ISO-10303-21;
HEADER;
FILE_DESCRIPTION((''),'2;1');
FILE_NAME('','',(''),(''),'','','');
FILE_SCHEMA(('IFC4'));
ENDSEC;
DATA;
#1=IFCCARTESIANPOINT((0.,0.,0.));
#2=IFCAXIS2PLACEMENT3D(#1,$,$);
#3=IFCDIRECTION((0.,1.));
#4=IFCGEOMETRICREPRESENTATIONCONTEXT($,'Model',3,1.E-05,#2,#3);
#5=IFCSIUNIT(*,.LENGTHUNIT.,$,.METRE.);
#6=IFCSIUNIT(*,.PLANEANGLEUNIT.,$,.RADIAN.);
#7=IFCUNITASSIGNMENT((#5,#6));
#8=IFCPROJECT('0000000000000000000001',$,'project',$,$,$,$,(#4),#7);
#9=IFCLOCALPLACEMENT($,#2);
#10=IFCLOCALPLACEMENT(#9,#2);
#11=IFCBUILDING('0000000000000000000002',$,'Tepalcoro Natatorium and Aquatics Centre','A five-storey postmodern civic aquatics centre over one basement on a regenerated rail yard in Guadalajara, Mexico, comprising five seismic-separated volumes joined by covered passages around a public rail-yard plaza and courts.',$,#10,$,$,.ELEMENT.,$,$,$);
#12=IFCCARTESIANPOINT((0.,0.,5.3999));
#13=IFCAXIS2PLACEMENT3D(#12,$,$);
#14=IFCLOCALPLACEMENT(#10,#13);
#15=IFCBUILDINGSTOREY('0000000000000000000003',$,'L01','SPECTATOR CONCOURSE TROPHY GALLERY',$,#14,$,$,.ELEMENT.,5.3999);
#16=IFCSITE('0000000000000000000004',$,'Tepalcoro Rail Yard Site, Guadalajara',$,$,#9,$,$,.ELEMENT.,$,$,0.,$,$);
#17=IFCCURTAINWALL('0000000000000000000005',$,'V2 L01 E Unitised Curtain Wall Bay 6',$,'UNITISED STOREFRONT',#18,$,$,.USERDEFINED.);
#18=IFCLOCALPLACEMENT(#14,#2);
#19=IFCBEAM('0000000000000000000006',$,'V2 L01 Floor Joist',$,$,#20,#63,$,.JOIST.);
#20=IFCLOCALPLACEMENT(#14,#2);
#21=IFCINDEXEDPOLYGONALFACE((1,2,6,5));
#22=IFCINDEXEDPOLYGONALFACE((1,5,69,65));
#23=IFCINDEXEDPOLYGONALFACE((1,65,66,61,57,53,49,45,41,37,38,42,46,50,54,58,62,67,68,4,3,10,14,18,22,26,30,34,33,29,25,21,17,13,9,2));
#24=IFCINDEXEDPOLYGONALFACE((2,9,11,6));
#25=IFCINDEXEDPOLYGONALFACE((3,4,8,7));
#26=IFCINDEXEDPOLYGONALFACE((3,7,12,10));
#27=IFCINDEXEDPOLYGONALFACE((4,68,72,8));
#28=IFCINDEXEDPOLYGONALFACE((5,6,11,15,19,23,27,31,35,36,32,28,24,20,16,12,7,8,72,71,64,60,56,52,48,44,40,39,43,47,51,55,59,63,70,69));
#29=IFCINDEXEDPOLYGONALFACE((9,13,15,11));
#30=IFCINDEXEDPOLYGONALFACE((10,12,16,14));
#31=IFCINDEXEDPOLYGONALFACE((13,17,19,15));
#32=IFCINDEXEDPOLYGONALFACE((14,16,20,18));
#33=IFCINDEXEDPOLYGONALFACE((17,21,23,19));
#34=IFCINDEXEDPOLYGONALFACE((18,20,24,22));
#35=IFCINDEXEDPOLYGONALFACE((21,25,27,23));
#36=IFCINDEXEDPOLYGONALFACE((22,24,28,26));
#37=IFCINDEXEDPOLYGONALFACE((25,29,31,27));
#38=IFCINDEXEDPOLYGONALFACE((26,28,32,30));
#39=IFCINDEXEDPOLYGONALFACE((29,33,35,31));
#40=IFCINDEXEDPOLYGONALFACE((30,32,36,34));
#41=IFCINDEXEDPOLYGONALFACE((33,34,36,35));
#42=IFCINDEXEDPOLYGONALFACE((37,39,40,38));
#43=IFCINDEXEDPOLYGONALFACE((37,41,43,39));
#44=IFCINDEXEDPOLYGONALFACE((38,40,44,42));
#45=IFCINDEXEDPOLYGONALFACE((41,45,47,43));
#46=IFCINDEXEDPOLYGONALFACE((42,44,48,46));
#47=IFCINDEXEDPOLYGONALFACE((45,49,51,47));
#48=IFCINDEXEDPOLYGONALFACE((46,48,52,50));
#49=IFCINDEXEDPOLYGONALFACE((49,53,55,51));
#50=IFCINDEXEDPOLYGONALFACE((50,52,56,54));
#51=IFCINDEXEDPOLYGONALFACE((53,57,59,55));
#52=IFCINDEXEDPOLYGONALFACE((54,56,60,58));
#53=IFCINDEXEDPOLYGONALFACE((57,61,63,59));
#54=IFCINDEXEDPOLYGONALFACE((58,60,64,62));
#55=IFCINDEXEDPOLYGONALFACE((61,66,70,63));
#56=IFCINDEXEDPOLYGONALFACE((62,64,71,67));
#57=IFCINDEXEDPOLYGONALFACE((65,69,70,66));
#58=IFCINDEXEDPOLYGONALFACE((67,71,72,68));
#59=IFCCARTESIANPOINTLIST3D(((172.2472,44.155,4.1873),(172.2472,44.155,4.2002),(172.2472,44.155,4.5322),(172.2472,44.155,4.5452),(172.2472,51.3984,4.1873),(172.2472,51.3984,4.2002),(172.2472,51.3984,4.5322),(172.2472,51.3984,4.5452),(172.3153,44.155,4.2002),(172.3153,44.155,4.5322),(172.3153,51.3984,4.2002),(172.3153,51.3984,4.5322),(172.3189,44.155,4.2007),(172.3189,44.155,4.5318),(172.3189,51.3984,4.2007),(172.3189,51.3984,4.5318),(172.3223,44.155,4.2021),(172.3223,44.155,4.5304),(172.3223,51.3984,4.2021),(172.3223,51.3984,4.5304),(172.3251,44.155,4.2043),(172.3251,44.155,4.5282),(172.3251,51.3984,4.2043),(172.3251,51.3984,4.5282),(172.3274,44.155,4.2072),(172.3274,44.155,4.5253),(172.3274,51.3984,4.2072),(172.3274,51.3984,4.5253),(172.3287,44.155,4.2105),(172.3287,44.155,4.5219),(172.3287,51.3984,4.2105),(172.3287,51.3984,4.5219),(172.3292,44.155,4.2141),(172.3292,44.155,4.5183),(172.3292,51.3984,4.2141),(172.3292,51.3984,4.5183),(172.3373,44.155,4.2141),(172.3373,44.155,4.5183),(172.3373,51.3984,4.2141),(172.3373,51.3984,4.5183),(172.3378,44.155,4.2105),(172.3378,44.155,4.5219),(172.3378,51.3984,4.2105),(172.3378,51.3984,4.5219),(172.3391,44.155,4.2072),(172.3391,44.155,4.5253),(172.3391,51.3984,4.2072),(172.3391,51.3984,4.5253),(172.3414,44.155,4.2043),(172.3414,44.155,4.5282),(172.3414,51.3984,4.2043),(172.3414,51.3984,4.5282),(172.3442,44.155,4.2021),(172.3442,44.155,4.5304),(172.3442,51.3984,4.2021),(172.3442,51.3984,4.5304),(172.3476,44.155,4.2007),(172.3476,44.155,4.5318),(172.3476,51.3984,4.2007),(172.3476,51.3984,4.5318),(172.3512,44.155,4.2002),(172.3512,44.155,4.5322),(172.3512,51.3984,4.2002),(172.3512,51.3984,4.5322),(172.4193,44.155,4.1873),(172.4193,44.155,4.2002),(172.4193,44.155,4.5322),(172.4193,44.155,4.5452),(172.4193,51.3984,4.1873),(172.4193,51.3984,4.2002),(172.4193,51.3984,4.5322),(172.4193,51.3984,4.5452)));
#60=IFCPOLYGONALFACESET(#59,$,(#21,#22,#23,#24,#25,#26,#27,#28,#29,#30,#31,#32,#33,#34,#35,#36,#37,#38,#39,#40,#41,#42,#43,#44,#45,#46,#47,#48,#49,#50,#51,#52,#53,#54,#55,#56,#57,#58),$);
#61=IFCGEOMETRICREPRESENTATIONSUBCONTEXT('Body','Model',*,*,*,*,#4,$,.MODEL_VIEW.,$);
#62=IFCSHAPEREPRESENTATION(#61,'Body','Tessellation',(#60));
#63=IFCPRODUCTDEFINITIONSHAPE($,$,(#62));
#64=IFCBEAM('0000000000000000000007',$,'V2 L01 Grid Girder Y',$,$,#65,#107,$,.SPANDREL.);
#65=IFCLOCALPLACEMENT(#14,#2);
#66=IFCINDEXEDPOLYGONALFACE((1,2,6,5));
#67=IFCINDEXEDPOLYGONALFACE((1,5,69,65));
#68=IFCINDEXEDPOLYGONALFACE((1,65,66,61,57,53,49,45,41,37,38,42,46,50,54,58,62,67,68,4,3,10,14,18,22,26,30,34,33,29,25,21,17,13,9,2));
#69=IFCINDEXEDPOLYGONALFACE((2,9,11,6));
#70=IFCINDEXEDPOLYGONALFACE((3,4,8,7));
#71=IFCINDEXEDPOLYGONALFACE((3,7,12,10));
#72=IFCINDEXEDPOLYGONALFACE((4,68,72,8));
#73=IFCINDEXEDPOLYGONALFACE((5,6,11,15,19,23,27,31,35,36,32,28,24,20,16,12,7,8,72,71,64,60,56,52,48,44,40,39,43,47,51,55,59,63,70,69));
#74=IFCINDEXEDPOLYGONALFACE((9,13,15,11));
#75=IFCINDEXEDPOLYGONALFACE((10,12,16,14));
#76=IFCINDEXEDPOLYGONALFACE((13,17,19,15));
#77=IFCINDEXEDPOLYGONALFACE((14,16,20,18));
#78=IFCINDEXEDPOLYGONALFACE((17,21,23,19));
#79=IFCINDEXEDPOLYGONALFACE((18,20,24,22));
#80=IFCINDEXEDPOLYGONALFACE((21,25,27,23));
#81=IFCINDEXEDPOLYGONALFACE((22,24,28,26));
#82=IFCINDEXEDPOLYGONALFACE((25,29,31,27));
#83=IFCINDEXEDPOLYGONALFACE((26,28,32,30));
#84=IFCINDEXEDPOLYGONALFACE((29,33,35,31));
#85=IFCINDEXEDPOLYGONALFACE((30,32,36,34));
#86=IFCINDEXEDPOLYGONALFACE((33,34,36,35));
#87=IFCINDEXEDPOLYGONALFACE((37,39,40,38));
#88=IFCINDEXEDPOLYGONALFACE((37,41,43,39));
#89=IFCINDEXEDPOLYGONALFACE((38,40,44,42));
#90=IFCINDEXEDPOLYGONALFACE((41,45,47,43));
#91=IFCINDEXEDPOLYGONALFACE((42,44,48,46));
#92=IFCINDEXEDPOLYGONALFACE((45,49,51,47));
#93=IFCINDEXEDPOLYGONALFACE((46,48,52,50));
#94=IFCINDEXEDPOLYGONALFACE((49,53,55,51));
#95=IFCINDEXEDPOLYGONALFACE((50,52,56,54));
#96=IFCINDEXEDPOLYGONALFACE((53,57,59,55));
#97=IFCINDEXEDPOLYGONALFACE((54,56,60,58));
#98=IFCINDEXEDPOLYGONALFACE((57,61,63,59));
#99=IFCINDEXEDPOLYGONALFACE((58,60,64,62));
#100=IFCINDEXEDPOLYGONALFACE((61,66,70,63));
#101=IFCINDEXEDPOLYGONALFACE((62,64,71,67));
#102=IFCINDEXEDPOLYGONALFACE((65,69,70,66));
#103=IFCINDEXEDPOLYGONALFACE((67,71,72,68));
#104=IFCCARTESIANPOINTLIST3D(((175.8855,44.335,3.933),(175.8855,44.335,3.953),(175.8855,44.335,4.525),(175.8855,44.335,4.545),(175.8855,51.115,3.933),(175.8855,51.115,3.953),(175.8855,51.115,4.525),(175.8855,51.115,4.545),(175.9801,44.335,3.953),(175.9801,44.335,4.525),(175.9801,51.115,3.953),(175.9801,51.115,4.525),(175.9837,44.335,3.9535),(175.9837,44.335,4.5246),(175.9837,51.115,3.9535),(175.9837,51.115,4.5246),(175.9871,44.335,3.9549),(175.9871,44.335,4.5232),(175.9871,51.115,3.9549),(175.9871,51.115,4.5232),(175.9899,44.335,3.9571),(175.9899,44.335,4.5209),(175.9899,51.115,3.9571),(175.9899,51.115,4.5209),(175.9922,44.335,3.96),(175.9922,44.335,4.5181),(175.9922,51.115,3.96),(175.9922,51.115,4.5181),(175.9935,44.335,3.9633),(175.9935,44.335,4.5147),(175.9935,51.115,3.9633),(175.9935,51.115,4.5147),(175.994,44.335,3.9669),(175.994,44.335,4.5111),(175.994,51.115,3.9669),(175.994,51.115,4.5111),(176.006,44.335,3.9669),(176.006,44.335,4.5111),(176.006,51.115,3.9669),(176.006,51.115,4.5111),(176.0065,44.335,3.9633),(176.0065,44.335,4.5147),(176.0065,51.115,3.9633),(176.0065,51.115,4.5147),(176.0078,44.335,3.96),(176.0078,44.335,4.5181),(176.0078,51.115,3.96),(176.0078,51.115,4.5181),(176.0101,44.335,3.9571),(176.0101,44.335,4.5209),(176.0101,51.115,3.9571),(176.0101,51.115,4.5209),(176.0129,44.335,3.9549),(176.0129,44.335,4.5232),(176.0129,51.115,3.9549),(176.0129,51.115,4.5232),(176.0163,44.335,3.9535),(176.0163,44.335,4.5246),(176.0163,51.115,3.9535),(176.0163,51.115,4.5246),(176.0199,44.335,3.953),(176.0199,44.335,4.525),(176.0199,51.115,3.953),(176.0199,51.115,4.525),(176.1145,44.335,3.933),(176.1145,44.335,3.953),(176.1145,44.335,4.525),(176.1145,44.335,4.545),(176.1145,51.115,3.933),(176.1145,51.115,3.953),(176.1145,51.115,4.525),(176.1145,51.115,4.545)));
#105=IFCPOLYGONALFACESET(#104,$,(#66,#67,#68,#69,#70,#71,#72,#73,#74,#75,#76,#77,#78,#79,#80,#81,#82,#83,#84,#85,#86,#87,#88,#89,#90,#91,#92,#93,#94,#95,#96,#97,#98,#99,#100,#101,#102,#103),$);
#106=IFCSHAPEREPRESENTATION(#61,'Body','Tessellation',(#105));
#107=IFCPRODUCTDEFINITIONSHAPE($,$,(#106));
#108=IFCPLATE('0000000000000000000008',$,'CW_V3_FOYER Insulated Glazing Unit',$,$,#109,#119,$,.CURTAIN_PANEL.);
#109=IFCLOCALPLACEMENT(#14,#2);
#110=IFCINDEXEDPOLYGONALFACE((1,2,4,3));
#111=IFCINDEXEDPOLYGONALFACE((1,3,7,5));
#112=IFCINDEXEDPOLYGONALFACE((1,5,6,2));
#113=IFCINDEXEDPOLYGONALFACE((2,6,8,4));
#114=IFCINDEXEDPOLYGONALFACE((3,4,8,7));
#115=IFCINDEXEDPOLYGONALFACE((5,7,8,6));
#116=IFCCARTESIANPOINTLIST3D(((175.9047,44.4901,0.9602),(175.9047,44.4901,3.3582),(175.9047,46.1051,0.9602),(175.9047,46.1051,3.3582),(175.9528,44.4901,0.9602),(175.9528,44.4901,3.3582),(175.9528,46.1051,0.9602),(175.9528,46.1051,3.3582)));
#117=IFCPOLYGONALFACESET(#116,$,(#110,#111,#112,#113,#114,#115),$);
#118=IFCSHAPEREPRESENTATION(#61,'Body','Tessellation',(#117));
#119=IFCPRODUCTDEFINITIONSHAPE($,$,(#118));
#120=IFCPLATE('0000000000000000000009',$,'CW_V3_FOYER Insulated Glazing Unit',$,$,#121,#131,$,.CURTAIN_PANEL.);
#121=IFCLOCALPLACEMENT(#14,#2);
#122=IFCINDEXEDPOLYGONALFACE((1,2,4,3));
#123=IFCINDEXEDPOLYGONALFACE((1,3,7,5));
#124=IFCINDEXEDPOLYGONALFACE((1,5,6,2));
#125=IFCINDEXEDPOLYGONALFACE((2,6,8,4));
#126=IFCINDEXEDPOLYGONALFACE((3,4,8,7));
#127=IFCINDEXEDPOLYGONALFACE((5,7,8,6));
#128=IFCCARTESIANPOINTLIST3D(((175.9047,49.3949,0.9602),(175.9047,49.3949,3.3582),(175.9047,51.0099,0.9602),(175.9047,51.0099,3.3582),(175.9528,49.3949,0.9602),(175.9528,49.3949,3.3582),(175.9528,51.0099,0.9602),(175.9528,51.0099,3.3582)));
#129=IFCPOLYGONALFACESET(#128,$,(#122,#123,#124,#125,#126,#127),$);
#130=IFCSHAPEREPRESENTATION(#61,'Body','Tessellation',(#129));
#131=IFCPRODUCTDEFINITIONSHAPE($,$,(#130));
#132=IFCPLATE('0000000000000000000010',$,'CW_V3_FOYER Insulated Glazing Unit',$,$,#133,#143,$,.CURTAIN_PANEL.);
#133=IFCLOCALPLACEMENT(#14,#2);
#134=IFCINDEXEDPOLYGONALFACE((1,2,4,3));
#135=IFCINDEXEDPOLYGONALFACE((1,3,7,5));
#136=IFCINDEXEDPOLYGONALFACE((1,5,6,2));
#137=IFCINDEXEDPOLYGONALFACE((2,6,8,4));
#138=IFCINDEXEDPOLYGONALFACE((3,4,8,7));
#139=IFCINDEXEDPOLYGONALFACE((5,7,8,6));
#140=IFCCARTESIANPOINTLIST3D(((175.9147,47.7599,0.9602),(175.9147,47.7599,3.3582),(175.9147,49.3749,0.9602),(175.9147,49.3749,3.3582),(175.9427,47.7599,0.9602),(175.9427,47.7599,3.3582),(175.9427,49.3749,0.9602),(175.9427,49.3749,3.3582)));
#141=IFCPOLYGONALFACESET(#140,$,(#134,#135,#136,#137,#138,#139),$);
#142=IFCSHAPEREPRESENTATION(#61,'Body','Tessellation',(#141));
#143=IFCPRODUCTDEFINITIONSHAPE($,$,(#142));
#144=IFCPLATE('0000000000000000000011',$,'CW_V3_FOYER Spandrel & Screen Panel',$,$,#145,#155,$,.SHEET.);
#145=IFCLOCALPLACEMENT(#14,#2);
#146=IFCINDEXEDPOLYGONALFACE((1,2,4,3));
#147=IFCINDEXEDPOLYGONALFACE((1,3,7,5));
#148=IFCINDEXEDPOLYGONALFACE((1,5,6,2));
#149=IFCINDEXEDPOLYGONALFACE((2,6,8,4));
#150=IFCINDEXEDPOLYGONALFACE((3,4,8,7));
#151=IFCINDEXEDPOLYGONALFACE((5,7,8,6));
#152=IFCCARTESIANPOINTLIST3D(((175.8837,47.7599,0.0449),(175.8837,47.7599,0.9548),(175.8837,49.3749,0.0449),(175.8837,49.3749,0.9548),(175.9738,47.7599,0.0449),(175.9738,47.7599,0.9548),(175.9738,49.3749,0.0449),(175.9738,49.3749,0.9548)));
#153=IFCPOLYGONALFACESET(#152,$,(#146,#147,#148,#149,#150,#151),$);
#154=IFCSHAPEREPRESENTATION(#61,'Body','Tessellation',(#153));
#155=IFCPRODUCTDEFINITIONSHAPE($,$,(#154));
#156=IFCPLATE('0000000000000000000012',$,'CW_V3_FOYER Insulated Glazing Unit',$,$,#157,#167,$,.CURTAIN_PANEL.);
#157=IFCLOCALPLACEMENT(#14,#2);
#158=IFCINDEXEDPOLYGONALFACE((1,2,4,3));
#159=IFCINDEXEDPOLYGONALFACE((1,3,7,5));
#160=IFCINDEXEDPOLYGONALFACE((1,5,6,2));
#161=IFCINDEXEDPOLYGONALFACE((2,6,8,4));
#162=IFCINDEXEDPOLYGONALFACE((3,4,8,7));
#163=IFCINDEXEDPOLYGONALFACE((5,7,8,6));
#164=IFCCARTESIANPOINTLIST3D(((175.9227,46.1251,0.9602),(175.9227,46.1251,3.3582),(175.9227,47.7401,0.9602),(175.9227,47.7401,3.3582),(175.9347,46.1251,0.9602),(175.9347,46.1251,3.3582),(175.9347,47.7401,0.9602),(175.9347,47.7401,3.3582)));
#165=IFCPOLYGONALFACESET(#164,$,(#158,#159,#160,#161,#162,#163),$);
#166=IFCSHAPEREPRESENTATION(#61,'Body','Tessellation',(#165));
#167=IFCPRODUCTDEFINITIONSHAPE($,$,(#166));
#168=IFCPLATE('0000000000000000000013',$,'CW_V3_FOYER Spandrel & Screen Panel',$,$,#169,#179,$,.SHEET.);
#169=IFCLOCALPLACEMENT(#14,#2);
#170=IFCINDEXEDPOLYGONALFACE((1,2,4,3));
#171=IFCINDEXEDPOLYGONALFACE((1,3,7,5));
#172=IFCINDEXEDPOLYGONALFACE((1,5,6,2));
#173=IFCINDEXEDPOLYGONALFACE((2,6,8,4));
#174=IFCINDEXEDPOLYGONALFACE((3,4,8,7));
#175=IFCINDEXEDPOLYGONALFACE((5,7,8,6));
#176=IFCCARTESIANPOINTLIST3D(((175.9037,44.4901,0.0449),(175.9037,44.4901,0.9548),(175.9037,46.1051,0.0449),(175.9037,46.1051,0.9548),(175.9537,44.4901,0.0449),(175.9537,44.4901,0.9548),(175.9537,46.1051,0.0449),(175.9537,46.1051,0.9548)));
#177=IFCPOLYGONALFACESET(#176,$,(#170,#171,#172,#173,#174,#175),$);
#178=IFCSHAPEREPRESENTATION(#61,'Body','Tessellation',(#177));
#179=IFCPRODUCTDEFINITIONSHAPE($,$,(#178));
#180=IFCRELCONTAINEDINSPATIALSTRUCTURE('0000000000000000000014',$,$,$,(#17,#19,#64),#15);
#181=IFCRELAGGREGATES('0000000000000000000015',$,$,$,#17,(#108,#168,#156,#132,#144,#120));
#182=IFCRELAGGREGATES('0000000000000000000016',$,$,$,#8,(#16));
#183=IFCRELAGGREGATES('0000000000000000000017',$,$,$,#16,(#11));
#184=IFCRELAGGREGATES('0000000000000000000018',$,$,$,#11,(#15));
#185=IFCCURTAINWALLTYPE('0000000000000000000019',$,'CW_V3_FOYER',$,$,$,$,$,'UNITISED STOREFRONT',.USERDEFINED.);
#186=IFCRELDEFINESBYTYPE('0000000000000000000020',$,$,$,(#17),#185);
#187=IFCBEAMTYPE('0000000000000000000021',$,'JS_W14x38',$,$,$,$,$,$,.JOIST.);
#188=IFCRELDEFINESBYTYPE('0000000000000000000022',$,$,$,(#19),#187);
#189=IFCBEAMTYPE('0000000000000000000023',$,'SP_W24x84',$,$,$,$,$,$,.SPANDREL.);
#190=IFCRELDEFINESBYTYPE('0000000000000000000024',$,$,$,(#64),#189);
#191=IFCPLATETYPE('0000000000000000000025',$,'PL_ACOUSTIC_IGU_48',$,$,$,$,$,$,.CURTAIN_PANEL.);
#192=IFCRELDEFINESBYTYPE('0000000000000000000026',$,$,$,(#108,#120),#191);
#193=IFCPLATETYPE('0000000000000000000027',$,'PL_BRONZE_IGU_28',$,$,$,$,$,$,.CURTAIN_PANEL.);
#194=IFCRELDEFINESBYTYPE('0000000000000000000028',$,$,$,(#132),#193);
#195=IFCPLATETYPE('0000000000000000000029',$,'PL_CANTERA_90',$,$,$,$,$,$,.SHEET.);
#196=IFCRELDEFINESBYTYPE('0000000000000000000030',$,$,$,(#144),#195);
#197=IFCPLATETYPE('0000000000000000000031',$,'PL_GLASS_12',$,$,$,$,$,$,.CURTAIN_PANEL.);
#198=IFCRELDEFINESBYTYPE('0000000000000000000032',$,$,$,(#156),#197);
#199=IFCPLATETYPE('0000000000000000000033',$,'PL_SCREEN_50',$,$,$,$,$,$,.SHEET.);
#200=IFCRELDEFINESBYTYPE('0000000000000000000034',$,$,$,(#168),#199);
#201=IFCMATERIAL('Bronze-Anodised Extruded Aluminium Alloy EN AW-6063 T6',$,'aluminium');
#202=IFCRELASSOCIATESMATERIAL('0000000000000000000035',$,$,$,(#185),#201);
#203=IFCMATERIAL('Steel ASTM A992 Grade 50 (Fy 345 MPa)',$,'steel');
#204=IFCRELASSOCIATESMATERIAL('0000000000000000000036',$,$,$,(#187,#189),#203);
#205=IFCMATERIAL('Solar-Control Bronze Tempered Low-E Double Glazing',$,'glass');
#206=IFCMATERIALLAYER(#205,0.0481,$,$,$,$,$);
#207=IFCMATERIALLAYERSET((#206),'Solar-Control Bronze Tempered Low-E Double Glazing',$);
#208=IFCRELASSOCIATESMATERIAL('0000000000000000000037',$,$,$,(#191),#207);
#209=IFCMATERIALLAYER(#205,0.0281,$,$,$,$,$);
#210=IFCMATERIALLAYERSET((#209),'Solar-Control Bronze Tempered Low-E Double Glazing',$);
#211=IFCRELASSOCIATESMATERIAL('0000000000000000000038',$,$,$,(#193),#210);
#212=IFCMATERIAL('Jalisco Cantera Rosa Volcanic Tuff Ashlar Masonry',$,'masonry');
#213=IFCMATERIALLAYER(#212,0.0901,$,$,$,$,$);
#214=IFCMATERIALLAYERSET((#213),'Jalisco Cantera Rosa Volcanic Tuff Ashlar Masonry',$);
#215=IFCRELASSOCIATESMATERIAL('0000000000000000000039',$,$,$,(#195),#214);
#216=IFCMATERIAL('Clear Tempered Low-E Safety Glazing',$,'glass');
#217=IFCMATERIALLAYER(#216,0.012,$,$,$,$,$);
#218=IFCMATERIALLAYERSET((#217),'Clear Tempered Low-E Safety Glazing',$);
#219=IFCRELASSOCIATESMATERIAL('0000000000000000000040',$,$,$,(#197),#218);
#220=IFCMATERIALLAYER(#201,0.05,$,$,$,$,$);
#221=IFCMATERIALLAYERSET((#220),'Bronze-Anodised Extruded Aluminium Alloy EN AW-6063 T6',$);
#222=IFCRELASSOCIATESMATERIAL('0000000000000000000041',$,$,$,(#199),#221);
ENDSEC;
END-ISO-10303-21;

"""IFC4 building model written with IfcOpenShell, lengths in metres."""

from ifc_helpers import new_model, si_unit, direction, frame, origin, origin_2d, place, context, subcontext, project, spatial, rectangle, i_section, extrude, material, layer, layer_set, material_profile, profile_set, type_object, element, aggregate, save


model = new_model("IFC4")

# Units and contexts
model_context = context("Model", 3, precision=1e-05, world=origin(), true_north=direction((0.0, 1.0)))
body_context = subcontext(model_context, "Body", "Model", "MODEL_VIEW")
ifc_project = project(units=[si_unit("LENGTHUNIT", "METRE"), si_unit("PLANEANGLEUNIT", "RADIAN")], contexts=[model_context])

# Site, building, storey
site_placement = place(None, origin())
site = spatial("IfcSite", under=ifc_project, at=site_placement, Name="Tepalcoro Rail Yard Site, Guadalajara", CompositionType="ELEMENT", RefElevation=0.0)
building_placement = place(site_placement, origin())
building = spatial("IfcBuilding", under=site, at=building_placement, Name="Tepalcoro Natatorium and Aquatics Centre", Description="A five-storey postmodern civic aquatics centre over one basement on a regenerated rail yard in Guadalajara, Mexico, comprising five seismic-separated volumes joined by covered passages around a public rail-yard plaza and courts.", CompositionType="ELEMENT")
storey_placement = place(building_placement, frame((0.0, 0.0, 5.3999)))
storey = spatial("IfcBuildingStorey", under=building, at=storey_placement, Name="L01", Description="SPECTATOR CONCOURSE TROPHY GALLERY", CompositionType="ELEMENT", Elevation=5.3999)

# Shared definitions
ifc_material_1 = material(Name="Steel ASTM A992 Grade 50 (Fy 345 MPa)", Category="steel")

# Curtain wall
ifc_material_2 = material(Name="Bronze-Anodised Extruded Aluminium Alloy EN AW-6063 T6", Category="aluminium")
curtain_wall_type = type_object("IfcCurtainWallType", Name="CW_V3_FOYER", ElementType="UNITISED STOREFRONT", PredefinedType="USERDEFINED", material=ifc_material_2)
curtain_wall_placement = place(storey_placement, origin())
curtain_wall = element("IfcCurtainWall", 1, at=curtain_wall_placement, inside=storey, type_object=curtain_wall_type, Name="V2 L01 E Unitised Curtain Wall Bay 6", ObjectType="UNITISED STOREFRONT", PredefinedType="USERDEFINED")

# Beams
ifc_material_profile_1 = material_profile(ifc_material_1, i_section(OverallWidth=0.1721, OverallDepth=0.3579, WebThickness=0.0081, FlangeThickness=0.0129, FilletRadius=0.0139, at=origin_2d()), Name="W14X38")
ifc_profile_set_1 = profile_set([ifc_material_profile_1], Name="Steel ASTM A992 Grade 50 (Fy 345 MPa)")
beam_type_1 = type_object("IfcBeamType", Name="JS_W14x38", PredefinedType="JOIST", material=ifc_profile_set_1)
beam_1_placement = place(storey_placement, frame((172.3333, 44.155, 4.3662), z_axis=(0.0, 1.0, 0.0), x_axis=(-1.0, 0.0, 0.0)))
element("IfcBeam", 2, at=beam_1_placement, inside=storey, type_object=beam_type_1, Name="V2 L01 Floor Joist", PredefinedType="JOIST", context=body_context, shape_type="SweptSolid", body=[
    extrude(i_section(OverallWidth=0.1721, OverallDepth=0.3579, WebThickness=0.0081, FlangeThickness=0.0129, FilletRadius=0.0139, at=origin_2d()), origin(), (0.0, 0.0, 1.0), 7.2434),
])
ifc_material_profile_2 = material_profile(ifc_material_1, i_section(OverallWidth=0.229, OverallDepth=0.6121, WebThickness=0.012, FlangeThickness=0.02, FilletRadius=0.0139, at=origin_2d()), Name="W24X84")
ifc_profile_set_2 = profile_set([ifc_material_profile_2], Name="Steel ASTM A992 Grade 50 (Fy 345 MPa)")
beam_type_2 = type_object("IfcBeamType", Name="SP_W24x84", PredefinedType="SPANDREL", material=ifc_profile_set_2)
beam_2_placement = place(storey_placement, frame((176.0, 44.335, 4.239), z_axis=(0.0, 1.0, 0.0), x_axis=(-1.0, 0.0, 0.0)))
element("IfcBeam", 3, at=beam_2_placement, inside=storey, type_object=beam_type_2, Name="V2 L01 Grid Girder Y", PredefinedType="SPANDREL", context=body_context, shape_type="SweptSolid", body=[
    extrude(i_section(OverallWidth=0.229, OverallDepth=0.6121, WebThickness=0.012, FlangeThickness=0.02, FilletRadius=0.0139, at=origin_2d()), origin(), (0.0, 0.0, 1.0), 6.78),
])

# Plates
ifc_material_3 = material(Name="Solar-Control Bronze Tempered Low-E Double Glazing", Category="glass")
ifc_layer_1 = layer(ifc_material_3, 0.0481)
ifc_layer_set_1 = layer_set([ifc_layer_1], Name="Solar-Control Bronze Tempered Low-E Double Glazing")
plate_type_1 = type_object("IfcPlateType", Name="PL_ACOUSTIC_IGU_48", PredefinedType="CURTAIN_PANEL", material=ifc_layer_set_1)
plate_1_placement = place(storey_placement, frame((175.9287, 45.2976, 0.9602), z_axis=(0.0, 0.0, 1.0), x_axis=(1.0, 0.0, 0.0)))
plate_1 = element("IfcPlate", 4, at=plate_1_placement, type_object=plate_type_1, Name="CW_V3_FOYER Insulated Glazing Unit", PredefinedType="CURTAIN_PANEL", context=body_context, shape_type="SweptSolid", body=[
    extrude(rectangle(XDim=0.0481, YDim=1.615, at=origin_2d()), origin(), (0.0, 0.0, 1.0), 2.3979),
])
plate_2_placement = place(storey_placement, frame((175.9287, 50.2024, 0.9602), z_axis=(0.0, 0.0, 1.0), x_axis=(1.0, 0.0, 0.0)))
plate_2 = element("IfcPlate", 5, at=plate_2_placement, type_object=plate_type_1, Name="CW_V3_FOYER Insulated Glazing Unit", PredefinedType="CURTAIN_PANEL", context=body_context, shape_type="SweptSolid", body=[
    extrude(rectangle(XDim=0.0481, YDim=1.615, at=origin_2d()), origin(), (0.0, 0.0, 1.0), 2.3979),
])
ifc_layer_2 = layer(ifc_material_3, 0.0281)
ifc_layer_set_2 = layer_set([ifc_layer_2], Name="Solar-Control Bronze Tempered Low-E Double Glazing")
plate_type_2 = type_object("IfcPlateType", Name="PL_BRONZE_IGU_28", PredefinedType="CURTAIN_PANEL", material=ifc_layer_set_2)
plate_3_placement = place(storey_placement, frame((175.9287, 48.5674, 0.9602), z_axis=(0.0, 0.0, 1.0), x_axis=(1.0, 0.0, 0.0)))
plate_3 = element("IfcPlate", 6, at=plate_3_placement, type_object=plate_type_2, Name="CW_V3_FOYER Insulated Glazing Unit", PredefinedType="CURTAIN_PANEL", context=body_context, shape_type="SweptSolid", body=[
    extrude(rectangle(XDim=0.0281, YDim=1.615, at=origin_2d()), origin(), (0.0, 0.0, 1.0), 2.3979),
])
ifc_material_4 = material(Name="Jalisco Cantera Rosa Volcanic Tuff Ashlar Masonry", Category="masonry")
ifc_layer_3 = layer(ifc_material_4, 0.0901)
ifc_layer_set_3 = layer_set([ifc_layer_3], Name="Jalisco Cantera Rosa Volcanic Tuff Ashlar Masonry")
plate_type_3 = type_object("IfcPlateType", Name="PL_CANTERA_90", PredefinedType="SHEET", material=ifc_layer_set_3)
plate_4_placement = place(storey_placement, frame((175.9287, 48.5674, 0.0449), z_axis=(0.0, 0.0, 1.0), x_axis=(1.0, 0.0, 0.0)))
plate_4 = element("IfcPlate", 7, at=plate_4_placement, type_object=plate_type_3, Name="CW_V3_FOYER Spandrel & Screen Panel", PredefinedType="SHEET", context=body_context, shape_type="SweptSolid", body=[
    extrude(rectangle(XDim=0.0901, YDim=1.615, at=origin_2d()), origin(), (0.0, 0.0, 1.0), 0.9099),
])
ifc_material_5 = material(Name="Clear Tempered Low-E Safety Glazing", Category="glass")
ifc_layer_4 = layer(ifc_material_5, 0.012)
ifc_layer_set_4 = layer_set([ifc_layer_4], Name="Clear Tempered Low-E Safety Glazing")
plate_type_4 = type_object("IfcPlateType", Name="PL_GLASS_12", PredefinedType="CURTAIN_PANEL", material=ifc_layer_set_4)
plate_5_placement = place(storey_placement, frame((175.9287, 46.9326, 0.9602), z_axis=(0.0, 0.0, 1.0), x_axis=(1.0, 0.0, 0.0)))
plate_5 = element("IfcPlate", 8, at=plate_5_placement, type_object=plate_type_4, Name="CW_V3_FOYER Insulated Glazing Unit", PredefinedType="CURTAIN_PANEL", context=body_context, shape_type="SweptSolid", body=[
    extrude(rectangle(XDim=0.012, YDim=1.615, at=origin_2d()), origin(), (0.0, 0.0, 1.0), 2.3979),
])
ifc_layer_5 = layer(ifc_material_2, 0.05)
ifc_layer_set_5 = layer_set([ifc_layer_5], Name="Bronze-Anodised Extruded Aluminium Alloy EN AW-6063 T6")
plate_type_5 = type_object("IfcPlateType", Name="PL_SCREEN_50", PredefinedType="SHEET", material=ifc_layer_set_5)
plate_6_placement = place(storey_placement, frame((175.9287, 45.2976, 0.0449), z_axis=(0.0, 0.0, 1.0), x_axis=(1.0, 0.0, 0.0)))
plate_6 = element("IfcPlate", 9, at=plate_6_placement, type_object=plate_type_5, Name="CW_V3_FOYER Spandrel & Screen Panel", PredefinedType="SHEET", context=body_context, shape_type="SweptSolid", body=[
    extrude(rectangle(XDim=0.05, YDim=1.615, at=origin_2d()), origin(), (0.0, 0.0, 1.0), 0.9099),
])
aggregate(curtain_wall, [plate_1, plate_6, plate_5, plate_3, plate_4, plate_2])

save(model, "model.ifc")
